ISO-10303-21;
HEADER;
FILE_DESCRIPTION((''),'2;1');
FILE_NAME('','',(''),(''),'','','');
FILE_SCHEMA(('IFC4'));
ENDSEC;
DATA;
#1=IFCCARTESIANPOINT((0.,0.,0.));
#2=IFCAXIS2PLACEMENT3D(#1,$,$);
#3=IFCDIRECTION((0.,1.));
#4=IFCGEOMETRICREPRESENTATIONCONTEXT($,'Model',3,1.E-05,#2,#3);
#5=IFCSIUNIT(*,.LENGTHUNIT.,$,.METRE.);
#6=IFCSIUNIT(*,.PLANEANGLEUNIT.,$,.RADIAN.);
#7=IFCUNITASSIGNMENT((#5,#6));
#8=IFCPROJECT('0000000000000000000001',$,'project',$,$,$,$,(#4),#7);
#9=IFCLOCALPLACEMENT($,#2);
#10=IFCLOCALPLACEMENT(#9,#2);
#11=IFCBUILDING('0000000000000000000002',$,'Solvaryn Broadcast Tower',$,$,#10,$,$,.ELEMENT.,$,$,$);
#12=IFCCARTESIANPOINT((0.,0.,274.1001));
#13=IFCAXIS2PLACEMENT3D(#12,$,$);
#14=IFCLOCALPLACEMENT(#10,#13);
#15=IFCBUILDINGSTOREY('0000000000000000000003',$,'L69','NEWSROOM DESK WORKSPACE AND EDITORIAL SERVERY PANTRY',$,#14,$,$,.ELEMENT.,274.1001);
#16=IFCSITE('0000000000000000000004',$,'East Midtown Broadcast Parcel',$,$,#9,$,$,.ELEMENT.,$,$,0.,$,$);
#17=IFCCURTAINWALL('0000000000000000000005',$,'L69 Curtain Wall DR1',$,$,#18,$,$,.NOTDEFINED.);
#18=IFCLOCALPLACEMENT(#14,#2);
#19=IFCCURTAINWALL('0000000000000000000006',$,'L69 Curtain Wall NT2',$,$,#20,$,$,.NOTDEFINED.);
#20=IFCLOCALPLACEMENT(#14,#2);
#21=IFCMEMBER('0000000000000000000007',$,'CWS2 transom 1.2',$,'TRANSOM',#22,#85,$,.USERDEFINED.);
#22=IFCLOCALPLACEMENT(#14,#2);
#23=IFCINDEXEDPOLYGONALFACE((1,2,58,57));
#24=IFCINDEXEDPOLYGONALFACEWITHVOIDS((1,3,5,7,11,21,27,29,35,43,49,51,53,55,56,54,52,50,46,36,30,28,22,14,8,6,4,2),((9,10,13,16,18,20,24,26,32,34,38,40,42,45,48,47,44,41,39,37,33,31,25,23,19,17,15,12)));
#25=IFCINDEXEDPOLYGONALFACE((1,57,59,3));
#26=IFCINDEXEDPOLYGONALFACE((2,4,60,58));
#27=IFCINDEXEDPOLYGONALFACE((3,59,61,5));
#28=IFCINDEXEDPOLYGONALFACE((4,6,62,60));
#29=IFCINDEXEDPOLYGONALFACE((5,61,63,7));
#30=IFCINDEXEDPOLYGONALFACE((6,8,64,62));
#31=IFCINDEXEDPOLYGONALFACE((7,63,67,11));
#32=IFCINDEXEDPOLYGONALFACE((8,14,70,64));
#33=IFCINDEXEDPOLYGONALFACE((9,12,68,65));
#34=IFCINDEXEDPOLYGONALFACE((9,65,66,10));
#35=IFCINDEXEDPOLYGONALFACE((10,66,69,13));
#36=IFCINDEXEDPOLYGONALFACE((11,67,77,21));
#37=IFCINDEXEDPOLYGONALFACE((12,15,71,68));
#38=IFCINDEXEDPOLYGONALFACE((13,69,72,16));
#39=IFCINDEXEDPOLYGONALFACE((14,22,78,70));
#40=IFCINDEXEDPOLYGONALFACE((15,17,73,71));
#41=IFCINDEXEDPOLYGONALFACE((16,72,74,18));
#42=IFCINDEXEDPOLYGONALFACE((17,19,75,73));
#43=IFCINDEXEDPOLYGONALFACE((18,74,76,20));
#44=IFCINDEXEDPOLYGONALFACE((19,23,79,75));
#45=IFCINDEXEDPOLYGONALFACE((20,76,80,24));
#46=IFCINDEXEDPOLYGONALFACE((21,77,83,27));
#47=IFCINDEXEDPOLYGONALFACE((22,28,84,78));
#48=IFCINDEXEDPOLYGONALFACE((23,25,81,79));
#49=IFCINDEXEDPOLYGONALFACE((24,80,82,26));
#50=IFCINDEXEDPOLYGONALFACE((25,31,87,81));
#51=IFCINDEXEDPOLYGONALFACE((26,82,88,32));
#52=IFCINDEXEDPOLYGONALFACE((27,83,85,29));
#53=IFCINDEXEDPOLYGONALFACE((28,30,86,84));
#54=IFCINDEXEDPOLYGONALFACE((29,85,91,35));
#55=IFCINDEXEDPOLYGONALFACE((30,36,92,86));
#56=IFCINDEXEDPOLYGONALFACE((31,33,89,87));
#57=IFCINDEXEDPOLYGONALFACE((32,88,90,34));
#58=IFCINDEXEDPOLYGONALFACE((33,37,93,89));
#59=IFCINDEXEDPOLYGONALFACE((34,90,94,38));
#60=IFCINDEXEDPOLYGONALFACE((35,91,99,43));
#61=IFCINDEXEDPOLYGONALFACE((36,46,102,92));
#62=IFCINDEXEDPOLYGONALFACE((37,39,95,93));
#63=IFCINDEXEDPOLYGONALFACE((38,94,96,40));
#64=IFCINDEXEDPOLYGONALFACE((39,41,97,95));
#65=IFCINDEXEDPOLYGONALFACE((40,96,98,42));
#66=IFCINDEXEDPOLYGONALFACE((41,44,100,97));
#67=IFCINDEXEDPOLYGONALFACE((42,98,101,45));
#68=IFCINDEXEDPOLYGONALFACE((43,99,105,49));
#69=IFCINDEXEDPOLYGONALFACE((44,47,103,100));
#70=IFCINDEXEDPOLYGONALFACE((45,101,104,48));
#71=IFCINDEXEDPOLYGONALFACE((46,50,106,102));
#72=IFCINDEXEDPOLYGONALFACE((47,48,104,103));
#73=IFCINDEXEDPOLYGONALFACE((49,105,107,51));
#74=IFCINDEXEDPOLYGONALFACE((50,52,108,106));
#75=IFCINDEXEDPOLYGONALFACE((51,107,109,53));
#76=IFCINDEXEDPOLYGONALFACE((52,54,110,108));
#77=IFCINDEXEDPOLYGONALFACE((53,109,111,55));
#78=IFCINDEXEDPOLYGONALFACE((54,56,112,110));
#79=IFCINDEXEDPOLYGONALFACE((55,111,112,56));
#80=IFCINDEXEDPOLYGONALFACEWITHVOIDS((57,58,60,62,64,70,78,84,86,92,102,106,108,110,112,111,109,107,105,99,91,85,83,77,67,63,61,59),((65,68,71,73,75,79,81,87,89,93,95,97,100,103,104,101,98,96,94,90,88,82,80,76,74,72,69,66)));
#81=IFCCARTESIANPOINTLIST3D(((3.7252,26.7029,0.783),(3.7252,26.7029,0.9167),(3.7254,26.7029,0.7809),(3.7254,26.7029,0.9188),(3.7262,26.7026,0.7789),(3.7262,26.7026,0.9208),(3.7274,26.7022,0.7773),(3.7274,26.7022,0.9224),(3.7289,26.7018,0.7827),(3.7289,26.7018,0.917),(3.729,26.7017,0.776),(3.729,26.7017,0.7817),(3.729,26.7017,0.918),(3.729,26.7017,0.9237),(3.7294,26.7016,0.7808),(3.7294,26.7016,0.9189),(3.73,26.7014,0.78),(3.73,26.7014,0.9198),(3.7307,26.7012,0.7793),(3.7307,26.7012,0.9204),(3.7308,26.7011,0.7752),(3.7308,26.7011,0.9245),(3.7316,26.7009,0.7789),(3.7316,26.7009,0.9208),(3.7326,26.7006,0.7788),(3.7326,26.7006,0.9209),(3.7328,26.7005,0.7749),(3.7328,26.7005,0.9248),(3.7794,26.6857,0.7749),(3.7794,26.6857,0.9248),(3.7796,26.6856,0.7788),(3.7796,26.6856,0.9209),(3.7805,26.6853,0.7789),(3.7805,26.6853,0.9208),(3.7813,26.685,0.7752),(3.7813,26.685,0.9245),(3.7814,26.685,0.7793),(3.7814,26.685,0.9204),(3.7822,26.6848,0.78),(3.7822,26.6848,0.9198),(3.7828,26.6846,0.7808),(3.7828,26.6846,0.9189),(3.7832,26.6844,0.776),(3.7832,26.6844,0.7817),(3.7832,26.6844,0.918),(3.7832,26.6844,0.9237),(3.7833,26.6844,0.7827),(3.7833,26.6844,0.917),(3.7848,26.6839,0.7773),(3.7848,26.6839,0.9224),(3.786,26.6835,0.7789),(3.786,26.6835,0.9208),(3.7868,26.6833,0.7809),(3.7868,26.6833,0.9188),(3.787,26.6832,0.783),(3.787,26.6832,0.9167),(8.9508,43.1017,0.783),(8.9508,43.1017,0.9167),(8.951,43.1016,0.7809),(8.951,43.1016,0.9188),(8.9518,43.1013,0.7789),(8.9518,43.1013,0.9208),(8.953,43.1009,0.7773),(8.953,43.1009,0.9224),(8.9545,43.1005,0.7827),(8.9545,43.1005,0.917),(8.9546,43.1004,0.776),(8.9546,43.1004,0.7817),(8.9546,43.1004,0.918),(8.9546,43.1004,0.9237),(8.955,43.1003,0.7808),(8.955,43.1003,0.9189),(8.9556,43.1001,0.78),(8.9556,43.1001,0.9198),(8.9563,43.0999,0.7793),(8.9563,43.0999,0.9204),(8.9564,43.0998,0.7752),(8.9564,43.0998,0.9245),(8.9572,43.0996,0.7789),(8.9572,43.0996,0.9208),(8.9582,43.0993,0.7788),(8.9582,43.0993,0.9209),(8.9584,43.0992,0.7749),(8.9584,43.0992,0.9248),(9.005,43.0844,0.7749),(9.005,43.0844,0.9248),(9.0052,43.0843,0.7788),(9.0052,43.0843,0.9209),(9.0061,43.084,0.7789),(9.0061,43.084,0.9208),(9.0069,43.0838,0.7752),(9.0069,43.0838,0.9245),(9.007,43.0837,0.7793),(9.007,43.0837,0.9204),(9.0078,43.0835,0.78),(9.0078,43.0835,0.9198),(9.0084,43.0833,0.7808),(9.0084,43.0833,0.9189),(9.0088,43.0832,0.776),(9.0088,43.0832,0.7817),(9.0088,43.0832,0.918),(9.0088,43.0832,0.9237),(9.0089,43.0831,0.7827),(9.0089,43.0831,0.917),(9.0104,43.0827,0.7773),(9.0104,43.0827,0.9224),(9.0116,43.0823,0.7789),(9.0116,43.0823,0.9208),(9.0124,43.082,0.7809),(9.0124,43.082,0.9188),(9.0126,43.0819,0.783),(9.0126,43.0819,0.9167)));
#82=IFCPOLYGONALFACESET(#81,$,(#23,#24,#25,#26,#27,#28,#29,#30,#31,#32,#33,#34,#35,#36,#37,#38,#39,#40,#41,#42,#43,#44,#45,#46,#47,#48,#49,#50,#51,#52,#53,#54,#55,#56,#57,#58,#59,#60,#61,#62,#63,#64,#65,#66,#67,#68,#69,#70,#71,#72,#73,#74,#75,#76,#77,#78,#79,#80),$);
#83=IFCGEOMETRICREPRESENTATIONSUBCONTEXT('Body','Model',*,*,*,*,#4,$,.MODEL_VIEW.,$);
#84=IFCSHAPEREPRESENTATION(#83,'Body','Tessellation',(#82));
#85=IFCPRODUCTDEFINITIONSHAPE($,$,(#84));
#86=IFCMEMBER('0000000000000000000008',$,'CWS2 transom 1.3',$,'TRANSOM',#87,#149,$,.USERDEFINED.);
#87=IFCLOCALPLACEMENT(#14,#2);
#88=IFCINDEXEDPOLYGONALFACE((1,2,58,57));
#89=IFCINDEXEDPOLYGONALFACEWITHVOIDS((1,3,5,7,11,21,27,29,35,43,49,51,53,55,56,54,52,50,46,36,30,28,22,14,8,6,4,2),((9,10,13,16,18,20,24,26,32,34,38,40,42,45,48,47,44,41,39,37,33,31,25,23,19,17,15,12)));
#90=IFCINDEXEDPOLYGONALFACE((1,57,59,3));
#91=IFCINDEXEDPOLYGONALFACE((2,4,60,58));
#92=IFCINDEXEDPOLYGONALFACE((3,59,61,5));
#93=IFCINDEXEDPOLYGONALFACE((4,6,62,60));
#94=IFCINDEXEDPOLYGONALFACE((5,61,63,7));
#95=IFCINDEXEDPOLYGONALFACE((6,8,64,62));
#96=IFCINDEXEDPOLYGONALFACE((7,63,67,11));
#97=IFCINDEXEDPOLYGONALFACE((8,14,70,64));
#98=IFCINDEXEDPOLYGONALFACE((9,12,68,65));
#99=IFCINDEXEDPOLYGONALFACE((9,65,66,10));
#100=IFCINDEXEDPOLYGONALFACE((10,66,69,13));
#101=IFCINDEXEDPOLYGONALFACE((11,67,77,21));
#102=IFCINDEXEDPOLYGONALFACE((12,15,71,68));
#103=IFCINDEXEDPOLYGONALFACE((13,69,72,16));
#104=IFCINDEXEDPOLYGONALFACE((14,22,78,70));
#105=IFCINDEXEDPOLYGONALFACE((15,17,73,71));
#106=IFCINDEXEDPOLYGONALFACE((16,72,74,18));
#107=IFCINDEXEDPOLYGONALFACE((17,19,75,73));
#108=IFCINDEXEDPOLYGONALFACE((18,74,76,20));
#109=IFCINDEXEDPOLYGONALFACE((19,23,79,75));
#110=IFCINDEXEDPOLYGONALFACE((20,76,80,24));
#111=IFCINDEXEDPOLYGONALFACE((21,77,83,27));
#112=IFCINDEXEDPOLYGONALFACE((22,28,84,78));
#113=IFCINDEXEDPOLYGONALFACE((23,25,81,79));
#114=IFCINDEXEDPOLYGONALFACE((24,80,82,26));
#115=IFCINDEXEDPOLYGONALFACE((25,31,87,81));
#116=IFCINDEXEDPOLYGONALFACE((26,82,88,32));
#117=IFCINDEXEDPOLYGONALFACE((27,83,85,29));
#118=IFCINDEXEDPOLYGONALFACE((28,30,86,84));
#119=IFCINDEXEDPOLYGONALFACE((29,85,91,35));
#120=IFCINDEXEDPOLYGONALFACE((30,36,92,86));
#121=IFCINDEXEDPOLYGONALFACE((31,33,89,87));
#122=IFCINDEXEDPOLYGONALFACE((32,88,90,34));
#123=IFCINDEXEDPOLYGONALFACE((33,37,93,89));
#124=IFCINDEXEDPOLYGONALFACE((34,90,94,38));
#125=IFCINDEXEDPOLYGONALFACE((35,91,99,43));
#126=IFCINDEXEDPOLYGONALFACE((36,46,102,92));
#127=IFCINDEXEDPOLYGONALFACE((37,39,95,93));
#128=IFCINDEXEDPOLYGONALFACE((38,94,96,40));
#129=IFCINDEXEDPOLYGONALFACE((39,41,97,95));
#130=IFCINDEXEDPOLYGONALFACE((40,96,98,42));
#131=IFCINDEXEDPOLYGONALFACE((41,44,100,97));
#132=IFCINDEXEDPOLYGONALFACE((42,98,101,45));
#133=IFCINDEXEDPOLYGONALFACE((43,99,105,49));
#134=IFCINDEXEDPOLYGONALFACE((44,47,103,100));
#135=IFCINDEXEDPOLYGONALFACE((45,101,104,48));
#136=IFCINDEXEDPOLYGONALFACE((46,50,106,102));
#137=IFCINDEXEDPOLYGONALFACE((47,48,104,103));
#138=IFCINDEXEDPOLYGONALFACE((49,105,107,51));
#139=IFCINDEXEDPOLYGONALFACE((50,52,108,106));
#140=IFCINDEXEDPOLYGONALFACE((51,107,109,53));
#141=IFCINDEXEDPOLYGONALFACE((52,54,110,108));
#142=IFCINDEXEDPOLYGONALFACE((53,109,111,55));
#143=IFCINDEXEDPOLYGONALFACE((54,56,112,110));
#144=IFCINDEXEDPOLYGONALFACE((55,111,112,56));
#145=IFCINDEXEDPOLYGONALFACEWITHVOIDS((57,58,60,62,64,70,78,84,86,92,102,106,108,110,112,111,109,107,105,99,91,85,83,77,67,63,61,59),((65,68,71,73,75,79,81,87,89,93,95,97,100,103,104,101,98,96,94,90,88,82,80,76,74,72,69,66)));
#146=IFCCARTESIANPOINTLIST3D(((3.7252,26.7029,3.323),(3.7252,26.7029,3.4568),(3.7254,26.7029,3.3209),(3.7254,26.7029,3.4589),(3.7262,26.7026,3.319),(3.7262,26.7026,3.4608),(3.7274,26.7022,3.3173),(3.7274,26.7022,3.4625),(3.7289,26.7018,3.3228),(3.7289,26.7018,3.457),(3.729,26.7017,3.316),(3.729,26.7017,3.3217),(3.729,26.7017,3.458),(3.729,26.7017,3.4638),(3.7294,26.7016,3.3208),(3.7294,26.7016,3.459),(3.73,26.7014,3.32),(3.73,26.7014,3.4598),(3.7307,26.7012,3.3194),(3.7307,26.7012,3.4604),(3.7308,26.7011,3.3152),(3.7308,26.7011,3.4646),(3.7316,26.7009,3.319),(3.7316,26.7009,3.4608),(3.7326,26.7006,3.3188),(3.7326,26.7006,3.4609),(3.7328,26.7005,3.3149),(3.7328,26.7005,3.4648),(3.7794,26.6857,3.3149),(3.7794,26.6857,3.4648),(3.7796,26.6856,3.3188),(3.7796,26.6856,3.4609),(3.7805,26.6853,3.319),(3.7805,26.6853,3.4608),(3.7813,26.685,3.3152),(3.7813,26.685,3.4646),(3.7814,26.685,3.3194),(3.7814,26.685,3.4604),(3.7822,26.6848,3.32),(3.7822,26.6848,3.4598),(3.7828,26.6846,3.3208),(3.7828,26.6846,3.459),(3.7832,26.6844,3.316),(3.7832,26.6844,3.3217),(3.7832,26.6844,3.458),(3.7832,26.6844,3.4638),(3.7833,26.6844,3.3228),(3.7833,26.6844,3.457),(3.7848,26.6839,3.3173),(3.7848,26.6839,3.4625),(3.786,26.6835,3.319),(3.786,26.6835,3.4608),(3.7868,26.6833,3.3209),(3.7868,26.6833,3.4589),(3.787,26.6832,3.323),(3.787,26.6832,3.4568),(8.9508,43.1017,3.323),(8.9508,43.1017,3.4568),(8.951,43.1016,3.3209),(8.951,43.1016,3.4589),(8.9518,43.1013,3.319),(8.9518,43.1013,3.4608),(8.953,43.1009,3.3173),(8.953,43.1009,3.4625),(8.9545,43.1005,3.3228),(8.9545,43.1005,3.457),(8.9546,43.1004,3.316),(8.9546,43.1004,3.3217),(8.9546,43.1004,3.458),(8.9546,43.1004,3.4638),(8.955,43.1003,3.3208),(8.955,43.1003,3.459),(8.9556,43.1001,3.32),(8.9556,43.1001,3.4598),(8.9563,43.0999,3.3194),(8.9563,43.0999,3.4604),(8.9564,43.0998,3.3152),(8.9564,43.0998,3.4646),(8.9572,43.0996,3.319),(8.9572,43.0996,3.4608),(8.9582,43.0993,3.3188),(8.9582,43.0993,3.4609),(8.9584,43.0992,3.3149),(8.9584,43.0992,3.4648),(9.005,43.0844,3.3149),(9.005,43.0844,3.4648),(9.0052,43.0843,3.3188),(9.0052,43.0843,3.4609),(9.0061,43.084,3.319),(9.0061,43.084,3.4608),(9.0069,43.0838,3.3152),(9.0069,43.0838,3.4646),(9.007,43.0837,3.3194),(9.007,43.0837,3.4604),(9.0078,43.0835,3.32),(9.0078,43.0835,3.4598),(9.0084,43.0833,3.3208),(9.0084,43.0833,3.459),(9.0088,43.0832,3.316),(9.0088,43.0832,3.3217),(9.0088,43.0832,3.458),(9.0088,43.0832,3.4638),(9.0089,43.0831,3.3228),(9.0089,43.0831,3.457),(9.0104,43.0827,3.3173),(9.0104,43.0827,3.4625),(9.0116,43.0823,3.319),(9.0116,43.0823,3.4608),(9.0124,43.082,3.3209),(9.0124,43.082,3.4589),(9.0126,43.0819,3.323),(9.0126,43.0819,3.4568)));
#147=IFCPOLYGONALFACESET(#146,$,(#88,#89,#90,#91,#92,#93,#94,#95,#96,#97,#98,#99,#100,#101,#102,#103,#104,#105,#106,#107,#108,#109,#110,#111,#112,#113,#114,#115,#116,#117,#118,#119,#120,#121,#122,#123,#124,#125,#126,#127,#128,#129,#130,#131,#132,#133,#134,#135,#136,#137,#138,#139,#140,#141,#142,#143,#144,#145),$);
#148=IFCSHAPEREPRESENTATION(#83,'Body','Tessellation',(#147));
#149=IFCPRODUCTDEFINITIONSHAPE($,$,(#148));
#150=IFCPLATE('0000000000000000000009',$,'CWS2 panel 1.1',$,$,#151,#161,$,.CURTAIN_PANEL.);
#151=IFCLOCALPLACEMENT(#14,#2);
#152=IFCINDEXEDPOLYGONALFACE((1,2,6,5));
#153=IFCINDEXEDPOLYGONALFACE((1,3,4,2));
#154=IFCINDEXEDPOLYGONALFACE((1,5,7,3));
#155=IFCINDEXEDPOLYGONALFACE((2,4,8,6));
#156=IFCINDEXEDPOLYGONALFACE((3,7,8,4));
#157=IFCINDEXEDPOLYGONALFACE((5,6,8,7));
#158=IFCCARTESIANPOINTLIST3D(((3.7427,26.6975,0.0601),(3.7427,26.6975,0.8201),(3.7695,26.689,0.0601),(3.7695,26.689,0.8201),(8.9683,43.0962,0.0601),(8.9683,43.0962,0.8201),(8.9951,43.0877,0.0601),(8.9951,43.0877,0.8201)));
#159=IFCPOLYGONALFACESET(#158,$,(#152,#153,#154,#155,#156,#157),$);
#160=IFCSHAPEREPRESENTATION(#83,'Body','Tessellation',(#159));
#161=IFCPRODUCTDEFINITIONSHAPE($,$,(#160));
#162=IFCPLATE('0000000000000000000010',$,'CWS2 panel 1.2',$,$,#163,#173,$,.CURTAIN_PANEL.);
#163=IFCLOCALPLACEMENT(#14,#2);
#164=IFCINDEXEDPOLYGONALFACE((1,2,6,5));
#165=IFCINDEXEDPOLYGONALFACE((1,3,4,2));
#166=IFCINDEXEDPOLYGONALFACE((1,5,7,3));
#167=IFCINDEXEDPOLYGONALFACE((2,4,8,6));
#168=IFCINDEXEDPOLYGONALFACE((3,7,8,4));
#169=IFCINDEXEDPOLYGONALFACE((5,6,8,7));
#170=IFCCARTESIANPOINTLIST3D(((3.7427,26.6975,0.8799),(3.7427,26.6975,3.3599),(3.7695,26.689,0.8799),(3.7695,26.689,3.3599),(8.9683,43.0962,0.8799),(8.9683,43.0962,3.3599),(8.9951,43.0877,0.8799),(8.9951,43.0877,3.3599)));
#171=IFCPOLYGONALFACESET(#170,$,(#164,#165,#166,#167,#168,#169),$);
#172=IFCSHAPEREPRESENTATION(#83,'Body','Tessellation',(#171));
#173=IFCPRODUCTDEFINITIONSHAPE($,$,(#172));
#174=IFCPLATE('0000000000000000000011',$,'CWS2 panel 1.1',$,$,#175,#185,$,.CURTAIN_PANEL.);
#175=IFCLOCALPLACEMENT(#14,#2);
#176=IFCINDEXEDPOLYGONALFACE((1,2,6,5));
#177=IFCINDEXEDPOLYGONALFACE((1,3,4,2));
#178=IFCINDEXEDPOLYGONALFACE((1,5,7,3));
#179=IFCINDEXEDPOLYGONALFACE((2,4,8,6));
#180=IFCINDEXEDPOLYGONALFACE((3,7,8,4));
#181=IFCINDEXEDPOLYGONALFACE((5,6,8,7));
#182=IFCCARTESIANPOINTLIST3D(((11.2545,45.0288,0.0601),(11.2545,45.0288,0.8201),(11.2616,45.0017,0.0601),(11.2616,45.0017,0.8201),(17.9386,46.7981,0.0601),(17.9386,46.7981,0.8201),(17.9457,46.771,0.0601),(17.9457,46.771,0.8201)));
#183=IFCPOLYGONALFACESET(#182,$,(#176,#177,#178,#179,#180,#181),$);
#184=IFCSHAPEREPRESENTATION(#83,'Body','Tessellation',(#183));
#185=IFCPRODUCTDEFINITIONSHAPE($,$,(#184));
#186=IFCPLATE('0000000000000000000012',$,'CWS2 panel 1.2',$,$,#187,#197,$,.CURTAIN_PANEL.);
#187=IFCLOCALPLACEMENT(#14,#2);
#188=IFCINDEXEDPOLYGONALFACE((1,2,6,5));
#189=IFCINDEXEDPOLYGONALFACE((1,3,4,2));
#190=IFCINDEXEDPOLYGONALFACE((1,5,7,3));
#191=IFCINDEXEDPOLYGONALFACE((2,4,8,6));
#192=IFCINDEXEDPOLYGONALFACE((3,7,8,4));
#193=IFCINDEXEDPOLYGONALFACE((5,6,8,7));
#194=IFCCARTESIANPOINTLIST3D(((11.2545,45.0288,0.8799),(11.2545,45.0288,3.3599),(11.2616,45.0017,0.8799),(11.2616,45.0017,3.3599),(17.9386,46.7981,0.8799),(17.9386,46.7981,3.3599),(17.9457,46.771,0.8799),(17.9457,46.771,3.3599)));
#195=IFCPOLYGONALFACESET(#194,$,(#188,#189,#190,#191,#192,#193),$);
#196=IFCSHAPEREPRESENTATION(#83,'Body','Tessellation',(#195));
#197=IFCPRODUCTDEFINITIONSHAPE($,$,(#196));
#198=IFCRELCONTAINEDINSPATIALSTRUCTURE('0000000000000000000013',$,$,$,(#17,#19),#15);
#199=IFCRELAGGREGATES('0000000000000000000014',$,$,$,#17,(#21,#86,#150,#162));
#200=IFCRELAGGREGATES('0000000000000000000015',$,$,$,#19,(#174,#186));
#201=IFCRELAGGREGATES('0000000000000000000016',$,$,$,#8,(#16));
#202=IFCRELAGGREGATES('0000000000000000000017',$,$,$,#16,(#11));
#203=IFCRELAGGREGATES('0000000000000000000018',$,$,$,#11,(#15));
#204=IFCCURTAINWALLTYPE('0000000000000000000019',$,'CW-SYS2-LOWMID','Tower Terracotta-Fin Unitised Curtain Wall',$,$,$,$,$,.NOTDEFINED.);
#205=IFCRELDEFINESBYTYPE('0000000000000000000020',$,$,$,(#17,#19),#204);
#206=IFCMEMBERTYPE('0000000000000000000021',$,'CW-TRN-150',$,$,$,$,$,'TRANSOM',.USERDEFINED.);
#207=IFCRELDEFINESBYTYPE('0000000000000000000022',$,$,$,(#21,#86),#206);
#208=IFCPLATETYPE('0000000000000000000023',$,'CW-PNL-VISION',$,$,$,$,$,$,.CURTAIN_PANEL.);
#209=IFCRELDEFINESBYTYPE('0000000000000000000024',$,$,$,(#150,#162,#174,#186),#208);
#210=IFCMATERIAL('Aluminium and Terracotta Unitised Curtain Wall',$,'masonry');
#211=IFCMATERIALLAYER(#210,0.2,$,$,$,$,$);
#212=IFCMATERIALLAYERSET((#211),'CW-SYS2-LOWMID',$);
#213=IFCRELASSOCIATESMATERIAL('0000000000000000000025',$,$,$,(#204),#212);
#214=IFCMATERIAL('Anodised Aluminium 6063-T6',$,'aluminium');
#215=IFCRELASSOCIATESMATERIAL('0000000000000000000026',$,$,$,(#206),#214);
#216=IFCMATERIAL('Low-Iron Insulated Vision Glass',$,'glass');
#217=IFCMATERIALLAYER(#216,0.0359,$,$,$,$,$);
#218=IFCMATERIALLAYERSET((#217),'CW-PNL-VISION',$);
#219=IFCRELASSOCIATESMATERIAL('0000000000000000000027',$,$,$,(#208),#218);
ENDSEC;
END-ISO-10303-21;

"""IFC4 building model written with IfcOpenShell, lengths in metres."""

from ifc_helpers import new_model, si_unit, direction, frame, origin, origin_2d, place, context, subcontext, project, spatial, rectangle, hollow_rectangle, extrude, material, layer, layer_set, material_profile, profile_set, type_object, element, aggregate, save


model = new_model("IFC4")

# Units and contexts
model_context = context("Model", 3, precision=1e-05, world=origin(), true_north=direction((0.0, 1.0)))
body_context = subcontext(model_context, "Body", "Model", "MODEL_VIEW")
ifc_project = project(units=[si_unit("LENGTHUNIT", "METRE"), si_unit("PLANEANGLEUNIT", "RADIAN")], contexts=[model_context])

# Site, building, storey
site_placement = place(None, origin())
site = spatial("IfcSite", under=ifc_project, at=site_placement, Name="East Midtown Broadcast Parcel", CompositionType="ELEMENT", RefElevation=0.0)
building_placement = place(site_placement, origin())
building = spatial("IfcBuilding", under=site, at=building_placement, Name="Solvaryn Broadcast Tower", CompositionType="ELEMENT")
storey_placement = place(building_placement, frame((0.0, 0.0, 274.1001)))
storey = spatial("IfcBuildingStorey", under=building, at=storey_placement, Name="L69", Description="NEWSROOM DESK WORKSPACE AND EDITORIAL SERVERY PANTRY", CompositionType="ELEMENT", Elevation=274.1001)

# Curtain walls
ifc_material_1 = material(Name="Aluminium and Terracotta Unitised Curtain Wall", Category="masonry")
ifc_layer_1 = layer(ifc_material_1, 0.2)
ifc_layer_set_1 = layer_set([ifc_layer_1], Name="CW-SYS2-LOWMID")
curtain_wall_type = type_object("IfcCurtainWallType", Name="CW-SYS2-LOWMID", Description="Tower Terracotta-Fin Unitised Curtain Wall", PredefinedType="NOTDEFINED", material=ifc_layer_set_1)
curtain_wall_1_placement = place(storey_placement, origin())
curtain_wall_1 = element("IfcCurtainWall", 1, at=curtain_wall_1_placement, inside=storey, type_object=curtain_wall_type, Name="L69 Curtain Wall DR1", PredefinedType="NOTDEFINED")
curtain_wall_2_placement = place(storey_placement, origin())
curtain_wall_2 = element("IfcCurtainWall", 2, at=curtain_wall_2_placement, inside=storey, type_object=curtain_wall_type, Name="L69 Curtain Wall NT2", PredefinedType="NOTDEFINED")

# Members
ifc_material_2 = material(Name="Anodised Aluminium 6063-T6", Category="aluminium")
ifc_material_profile_1 = material_profile(ifc_material_2, hollow_rectangle(XDim=0.0649, YDim=0.1499, WallThickness=0.0039, InnerFilletRadius=0.0039, OuterFilletRadius=0.0081, at=origin_2d()))
ifc_profile_set_1 = profile_set([ifc_material_profile_1], Name="Anodised Aluminium 6063-T6")
member_type_1 = type_object("IfcMemberType", Name="CW-TRN-150", ElementType="TRANSOM", PredefinedType="USERDEFINED", material=ifc_profile_set_1)
member_1_placement = place(storey_placement, frame((8.9817, 43.0918, 0.8499), z_axis=(-0.303616, -0.952794, 0.0), x_axis=(0.952794, -0.303616, 0.0)))
member_1 = element("IfcMember", 3, at=member_1_placement, type_object=member_type_1, Name="CWS2 transom 1.2", ObjectType="TRANSOM", PredefinedType="USERDEFINED", context=body_context, shape_type="SweptSolid", body=[
    extrude(hollow_rectangle(XDim=0.0649, YDim=0.1499, WallThickness=0.0039, InnerFilletRadius=0.0039, OuterFilletRadius=0.0081, at=origin_2d()), origin(), (0.0, 0.0, 1.0), 17.2112),
])
member_2_placement = place(storey_placement, frame((8.9817, 43.0918, 3.3899), z_axis=(-0.303616, -0.952794, 0.0), x_axis=(0.952794, -0.303616, 0.0)))
member_2 = element("IfcMember", 4, at=member_2_placement, type_object=member_type_1, Name="CWS2 transom 1.3", ObjectType="TRANSOM", PredefinedType="USERDEFINED", context=body_context, shape_type="SweptSolid", body=[
    extrude(hollow_rectangle(XDim=0.0649, YDim=0.1499, WallThickness=0.0039, InnerFilletRadius=0.0039, OuterFilletRadius=0.0081, at=origin_2d()), origin(), (0.0, 0.0, 1.0), 17.2112),
])

# Plates
ifc_material_3 = material(Name="Low-Iron Insulated Vision Glass", Category="glass")
ifc_layer_2 = layer(ifc_material_3, 0.0359)
ifc_layer_set_2 = layer_set([ifc_layer_2], Name="CW-PNL-VISION")
plate_type = type_object("IfcPlateType", Name="CW-PNL-VISION", PredefinedType="CURTAIN_PANEL", material=ifc_layer_set_2)
plate_1_placement = place(storey_placement, frame((6.3689, 34.8926, 0.0601), z_axis=(0.0, 0.0, 1.0), x_axis=(-0.303616, -0.952795, 0.0)))
plate_1 = element("IfcPlate", 5, at=plate_1_placement, type_object=plate_type, Name="CWS2 panel 1.1", PredefinedType="CURTAIN_PANEL", context=body_context, shape_type="SweptSolid", body=[
    extrude(rectangle(XDim=17.2112, YDim=0.0281, at=origin_2d()), origin(), (0.0, 0.0, 1.0), 0.76),
])
plate_2_placement = place(storey_placement, frame((6.3689, 34.8926, 0.8799), z_axis=(0.0, 0.0, 1.0), x_axis=(-0.303616, -0.952795, 0.0)))
plate_2 = element("IfcPlate", 6, at=plate_2_placement, type_object=plate_type, Name="CWS2 panel 1.2", PredefinedType="CURTAIN_PANEL", context=body_context, shape_type="SweptSolid", body=[
    extrude(rectangle(XDim=17.2112, YDim=0.0281, at=origin_2d()), origin(), (0.0, 0.0, 1.0), 2.48),
])
aggregate(curtain_wall_1, [member_1, member_2, plate_1, plate_2])
plate_3_placement = place(storey_placement, frame((14.6001, 45.8999, 0.0601), z_axis=(0.0, 0.0, 1.0), x_axis=(-0.966705, -0.255893, 0.0)))
plate_3 = element("IfcPlate", 7, at=plate_3_placement, type_object=plate_type, Name="CWS2 panel 1.1", PredefinedType="CURTAIN_PANEL", context=body_context, shape_type="SweptSolid", body=[
    extrude(rectangle(XDim=6.9143, YDim=0.0281, at=origin_2d()), origin(), (0.0, 0.0, 1.0), 0.76),
])
plate_4_placement = place(storey_placement, frame((14.6001, 45.8999, 0.8799), z_axis=(0.0, 0.0, 1.0), x_axis=(-0.966705, -0.255893, 0.0)))
plate_4 = element("IfcPlate", 8, at=plate_4_placement, type_object=plate_type, Name="CWS2 panel 1.2", PredefinedType="CURTAIN_PANEL", context=body_context, shape_type="SweptSolid", body=[
    extrude(rectangle(XDim=6.9143, YDim=0.0281, at=origin_2d()), origin(), (0.0, 0.0, 1.0), 2.48),
])
aggregate(curtain_wall_2, [plate_3, plate_4])

save(model, "model.ifc")
